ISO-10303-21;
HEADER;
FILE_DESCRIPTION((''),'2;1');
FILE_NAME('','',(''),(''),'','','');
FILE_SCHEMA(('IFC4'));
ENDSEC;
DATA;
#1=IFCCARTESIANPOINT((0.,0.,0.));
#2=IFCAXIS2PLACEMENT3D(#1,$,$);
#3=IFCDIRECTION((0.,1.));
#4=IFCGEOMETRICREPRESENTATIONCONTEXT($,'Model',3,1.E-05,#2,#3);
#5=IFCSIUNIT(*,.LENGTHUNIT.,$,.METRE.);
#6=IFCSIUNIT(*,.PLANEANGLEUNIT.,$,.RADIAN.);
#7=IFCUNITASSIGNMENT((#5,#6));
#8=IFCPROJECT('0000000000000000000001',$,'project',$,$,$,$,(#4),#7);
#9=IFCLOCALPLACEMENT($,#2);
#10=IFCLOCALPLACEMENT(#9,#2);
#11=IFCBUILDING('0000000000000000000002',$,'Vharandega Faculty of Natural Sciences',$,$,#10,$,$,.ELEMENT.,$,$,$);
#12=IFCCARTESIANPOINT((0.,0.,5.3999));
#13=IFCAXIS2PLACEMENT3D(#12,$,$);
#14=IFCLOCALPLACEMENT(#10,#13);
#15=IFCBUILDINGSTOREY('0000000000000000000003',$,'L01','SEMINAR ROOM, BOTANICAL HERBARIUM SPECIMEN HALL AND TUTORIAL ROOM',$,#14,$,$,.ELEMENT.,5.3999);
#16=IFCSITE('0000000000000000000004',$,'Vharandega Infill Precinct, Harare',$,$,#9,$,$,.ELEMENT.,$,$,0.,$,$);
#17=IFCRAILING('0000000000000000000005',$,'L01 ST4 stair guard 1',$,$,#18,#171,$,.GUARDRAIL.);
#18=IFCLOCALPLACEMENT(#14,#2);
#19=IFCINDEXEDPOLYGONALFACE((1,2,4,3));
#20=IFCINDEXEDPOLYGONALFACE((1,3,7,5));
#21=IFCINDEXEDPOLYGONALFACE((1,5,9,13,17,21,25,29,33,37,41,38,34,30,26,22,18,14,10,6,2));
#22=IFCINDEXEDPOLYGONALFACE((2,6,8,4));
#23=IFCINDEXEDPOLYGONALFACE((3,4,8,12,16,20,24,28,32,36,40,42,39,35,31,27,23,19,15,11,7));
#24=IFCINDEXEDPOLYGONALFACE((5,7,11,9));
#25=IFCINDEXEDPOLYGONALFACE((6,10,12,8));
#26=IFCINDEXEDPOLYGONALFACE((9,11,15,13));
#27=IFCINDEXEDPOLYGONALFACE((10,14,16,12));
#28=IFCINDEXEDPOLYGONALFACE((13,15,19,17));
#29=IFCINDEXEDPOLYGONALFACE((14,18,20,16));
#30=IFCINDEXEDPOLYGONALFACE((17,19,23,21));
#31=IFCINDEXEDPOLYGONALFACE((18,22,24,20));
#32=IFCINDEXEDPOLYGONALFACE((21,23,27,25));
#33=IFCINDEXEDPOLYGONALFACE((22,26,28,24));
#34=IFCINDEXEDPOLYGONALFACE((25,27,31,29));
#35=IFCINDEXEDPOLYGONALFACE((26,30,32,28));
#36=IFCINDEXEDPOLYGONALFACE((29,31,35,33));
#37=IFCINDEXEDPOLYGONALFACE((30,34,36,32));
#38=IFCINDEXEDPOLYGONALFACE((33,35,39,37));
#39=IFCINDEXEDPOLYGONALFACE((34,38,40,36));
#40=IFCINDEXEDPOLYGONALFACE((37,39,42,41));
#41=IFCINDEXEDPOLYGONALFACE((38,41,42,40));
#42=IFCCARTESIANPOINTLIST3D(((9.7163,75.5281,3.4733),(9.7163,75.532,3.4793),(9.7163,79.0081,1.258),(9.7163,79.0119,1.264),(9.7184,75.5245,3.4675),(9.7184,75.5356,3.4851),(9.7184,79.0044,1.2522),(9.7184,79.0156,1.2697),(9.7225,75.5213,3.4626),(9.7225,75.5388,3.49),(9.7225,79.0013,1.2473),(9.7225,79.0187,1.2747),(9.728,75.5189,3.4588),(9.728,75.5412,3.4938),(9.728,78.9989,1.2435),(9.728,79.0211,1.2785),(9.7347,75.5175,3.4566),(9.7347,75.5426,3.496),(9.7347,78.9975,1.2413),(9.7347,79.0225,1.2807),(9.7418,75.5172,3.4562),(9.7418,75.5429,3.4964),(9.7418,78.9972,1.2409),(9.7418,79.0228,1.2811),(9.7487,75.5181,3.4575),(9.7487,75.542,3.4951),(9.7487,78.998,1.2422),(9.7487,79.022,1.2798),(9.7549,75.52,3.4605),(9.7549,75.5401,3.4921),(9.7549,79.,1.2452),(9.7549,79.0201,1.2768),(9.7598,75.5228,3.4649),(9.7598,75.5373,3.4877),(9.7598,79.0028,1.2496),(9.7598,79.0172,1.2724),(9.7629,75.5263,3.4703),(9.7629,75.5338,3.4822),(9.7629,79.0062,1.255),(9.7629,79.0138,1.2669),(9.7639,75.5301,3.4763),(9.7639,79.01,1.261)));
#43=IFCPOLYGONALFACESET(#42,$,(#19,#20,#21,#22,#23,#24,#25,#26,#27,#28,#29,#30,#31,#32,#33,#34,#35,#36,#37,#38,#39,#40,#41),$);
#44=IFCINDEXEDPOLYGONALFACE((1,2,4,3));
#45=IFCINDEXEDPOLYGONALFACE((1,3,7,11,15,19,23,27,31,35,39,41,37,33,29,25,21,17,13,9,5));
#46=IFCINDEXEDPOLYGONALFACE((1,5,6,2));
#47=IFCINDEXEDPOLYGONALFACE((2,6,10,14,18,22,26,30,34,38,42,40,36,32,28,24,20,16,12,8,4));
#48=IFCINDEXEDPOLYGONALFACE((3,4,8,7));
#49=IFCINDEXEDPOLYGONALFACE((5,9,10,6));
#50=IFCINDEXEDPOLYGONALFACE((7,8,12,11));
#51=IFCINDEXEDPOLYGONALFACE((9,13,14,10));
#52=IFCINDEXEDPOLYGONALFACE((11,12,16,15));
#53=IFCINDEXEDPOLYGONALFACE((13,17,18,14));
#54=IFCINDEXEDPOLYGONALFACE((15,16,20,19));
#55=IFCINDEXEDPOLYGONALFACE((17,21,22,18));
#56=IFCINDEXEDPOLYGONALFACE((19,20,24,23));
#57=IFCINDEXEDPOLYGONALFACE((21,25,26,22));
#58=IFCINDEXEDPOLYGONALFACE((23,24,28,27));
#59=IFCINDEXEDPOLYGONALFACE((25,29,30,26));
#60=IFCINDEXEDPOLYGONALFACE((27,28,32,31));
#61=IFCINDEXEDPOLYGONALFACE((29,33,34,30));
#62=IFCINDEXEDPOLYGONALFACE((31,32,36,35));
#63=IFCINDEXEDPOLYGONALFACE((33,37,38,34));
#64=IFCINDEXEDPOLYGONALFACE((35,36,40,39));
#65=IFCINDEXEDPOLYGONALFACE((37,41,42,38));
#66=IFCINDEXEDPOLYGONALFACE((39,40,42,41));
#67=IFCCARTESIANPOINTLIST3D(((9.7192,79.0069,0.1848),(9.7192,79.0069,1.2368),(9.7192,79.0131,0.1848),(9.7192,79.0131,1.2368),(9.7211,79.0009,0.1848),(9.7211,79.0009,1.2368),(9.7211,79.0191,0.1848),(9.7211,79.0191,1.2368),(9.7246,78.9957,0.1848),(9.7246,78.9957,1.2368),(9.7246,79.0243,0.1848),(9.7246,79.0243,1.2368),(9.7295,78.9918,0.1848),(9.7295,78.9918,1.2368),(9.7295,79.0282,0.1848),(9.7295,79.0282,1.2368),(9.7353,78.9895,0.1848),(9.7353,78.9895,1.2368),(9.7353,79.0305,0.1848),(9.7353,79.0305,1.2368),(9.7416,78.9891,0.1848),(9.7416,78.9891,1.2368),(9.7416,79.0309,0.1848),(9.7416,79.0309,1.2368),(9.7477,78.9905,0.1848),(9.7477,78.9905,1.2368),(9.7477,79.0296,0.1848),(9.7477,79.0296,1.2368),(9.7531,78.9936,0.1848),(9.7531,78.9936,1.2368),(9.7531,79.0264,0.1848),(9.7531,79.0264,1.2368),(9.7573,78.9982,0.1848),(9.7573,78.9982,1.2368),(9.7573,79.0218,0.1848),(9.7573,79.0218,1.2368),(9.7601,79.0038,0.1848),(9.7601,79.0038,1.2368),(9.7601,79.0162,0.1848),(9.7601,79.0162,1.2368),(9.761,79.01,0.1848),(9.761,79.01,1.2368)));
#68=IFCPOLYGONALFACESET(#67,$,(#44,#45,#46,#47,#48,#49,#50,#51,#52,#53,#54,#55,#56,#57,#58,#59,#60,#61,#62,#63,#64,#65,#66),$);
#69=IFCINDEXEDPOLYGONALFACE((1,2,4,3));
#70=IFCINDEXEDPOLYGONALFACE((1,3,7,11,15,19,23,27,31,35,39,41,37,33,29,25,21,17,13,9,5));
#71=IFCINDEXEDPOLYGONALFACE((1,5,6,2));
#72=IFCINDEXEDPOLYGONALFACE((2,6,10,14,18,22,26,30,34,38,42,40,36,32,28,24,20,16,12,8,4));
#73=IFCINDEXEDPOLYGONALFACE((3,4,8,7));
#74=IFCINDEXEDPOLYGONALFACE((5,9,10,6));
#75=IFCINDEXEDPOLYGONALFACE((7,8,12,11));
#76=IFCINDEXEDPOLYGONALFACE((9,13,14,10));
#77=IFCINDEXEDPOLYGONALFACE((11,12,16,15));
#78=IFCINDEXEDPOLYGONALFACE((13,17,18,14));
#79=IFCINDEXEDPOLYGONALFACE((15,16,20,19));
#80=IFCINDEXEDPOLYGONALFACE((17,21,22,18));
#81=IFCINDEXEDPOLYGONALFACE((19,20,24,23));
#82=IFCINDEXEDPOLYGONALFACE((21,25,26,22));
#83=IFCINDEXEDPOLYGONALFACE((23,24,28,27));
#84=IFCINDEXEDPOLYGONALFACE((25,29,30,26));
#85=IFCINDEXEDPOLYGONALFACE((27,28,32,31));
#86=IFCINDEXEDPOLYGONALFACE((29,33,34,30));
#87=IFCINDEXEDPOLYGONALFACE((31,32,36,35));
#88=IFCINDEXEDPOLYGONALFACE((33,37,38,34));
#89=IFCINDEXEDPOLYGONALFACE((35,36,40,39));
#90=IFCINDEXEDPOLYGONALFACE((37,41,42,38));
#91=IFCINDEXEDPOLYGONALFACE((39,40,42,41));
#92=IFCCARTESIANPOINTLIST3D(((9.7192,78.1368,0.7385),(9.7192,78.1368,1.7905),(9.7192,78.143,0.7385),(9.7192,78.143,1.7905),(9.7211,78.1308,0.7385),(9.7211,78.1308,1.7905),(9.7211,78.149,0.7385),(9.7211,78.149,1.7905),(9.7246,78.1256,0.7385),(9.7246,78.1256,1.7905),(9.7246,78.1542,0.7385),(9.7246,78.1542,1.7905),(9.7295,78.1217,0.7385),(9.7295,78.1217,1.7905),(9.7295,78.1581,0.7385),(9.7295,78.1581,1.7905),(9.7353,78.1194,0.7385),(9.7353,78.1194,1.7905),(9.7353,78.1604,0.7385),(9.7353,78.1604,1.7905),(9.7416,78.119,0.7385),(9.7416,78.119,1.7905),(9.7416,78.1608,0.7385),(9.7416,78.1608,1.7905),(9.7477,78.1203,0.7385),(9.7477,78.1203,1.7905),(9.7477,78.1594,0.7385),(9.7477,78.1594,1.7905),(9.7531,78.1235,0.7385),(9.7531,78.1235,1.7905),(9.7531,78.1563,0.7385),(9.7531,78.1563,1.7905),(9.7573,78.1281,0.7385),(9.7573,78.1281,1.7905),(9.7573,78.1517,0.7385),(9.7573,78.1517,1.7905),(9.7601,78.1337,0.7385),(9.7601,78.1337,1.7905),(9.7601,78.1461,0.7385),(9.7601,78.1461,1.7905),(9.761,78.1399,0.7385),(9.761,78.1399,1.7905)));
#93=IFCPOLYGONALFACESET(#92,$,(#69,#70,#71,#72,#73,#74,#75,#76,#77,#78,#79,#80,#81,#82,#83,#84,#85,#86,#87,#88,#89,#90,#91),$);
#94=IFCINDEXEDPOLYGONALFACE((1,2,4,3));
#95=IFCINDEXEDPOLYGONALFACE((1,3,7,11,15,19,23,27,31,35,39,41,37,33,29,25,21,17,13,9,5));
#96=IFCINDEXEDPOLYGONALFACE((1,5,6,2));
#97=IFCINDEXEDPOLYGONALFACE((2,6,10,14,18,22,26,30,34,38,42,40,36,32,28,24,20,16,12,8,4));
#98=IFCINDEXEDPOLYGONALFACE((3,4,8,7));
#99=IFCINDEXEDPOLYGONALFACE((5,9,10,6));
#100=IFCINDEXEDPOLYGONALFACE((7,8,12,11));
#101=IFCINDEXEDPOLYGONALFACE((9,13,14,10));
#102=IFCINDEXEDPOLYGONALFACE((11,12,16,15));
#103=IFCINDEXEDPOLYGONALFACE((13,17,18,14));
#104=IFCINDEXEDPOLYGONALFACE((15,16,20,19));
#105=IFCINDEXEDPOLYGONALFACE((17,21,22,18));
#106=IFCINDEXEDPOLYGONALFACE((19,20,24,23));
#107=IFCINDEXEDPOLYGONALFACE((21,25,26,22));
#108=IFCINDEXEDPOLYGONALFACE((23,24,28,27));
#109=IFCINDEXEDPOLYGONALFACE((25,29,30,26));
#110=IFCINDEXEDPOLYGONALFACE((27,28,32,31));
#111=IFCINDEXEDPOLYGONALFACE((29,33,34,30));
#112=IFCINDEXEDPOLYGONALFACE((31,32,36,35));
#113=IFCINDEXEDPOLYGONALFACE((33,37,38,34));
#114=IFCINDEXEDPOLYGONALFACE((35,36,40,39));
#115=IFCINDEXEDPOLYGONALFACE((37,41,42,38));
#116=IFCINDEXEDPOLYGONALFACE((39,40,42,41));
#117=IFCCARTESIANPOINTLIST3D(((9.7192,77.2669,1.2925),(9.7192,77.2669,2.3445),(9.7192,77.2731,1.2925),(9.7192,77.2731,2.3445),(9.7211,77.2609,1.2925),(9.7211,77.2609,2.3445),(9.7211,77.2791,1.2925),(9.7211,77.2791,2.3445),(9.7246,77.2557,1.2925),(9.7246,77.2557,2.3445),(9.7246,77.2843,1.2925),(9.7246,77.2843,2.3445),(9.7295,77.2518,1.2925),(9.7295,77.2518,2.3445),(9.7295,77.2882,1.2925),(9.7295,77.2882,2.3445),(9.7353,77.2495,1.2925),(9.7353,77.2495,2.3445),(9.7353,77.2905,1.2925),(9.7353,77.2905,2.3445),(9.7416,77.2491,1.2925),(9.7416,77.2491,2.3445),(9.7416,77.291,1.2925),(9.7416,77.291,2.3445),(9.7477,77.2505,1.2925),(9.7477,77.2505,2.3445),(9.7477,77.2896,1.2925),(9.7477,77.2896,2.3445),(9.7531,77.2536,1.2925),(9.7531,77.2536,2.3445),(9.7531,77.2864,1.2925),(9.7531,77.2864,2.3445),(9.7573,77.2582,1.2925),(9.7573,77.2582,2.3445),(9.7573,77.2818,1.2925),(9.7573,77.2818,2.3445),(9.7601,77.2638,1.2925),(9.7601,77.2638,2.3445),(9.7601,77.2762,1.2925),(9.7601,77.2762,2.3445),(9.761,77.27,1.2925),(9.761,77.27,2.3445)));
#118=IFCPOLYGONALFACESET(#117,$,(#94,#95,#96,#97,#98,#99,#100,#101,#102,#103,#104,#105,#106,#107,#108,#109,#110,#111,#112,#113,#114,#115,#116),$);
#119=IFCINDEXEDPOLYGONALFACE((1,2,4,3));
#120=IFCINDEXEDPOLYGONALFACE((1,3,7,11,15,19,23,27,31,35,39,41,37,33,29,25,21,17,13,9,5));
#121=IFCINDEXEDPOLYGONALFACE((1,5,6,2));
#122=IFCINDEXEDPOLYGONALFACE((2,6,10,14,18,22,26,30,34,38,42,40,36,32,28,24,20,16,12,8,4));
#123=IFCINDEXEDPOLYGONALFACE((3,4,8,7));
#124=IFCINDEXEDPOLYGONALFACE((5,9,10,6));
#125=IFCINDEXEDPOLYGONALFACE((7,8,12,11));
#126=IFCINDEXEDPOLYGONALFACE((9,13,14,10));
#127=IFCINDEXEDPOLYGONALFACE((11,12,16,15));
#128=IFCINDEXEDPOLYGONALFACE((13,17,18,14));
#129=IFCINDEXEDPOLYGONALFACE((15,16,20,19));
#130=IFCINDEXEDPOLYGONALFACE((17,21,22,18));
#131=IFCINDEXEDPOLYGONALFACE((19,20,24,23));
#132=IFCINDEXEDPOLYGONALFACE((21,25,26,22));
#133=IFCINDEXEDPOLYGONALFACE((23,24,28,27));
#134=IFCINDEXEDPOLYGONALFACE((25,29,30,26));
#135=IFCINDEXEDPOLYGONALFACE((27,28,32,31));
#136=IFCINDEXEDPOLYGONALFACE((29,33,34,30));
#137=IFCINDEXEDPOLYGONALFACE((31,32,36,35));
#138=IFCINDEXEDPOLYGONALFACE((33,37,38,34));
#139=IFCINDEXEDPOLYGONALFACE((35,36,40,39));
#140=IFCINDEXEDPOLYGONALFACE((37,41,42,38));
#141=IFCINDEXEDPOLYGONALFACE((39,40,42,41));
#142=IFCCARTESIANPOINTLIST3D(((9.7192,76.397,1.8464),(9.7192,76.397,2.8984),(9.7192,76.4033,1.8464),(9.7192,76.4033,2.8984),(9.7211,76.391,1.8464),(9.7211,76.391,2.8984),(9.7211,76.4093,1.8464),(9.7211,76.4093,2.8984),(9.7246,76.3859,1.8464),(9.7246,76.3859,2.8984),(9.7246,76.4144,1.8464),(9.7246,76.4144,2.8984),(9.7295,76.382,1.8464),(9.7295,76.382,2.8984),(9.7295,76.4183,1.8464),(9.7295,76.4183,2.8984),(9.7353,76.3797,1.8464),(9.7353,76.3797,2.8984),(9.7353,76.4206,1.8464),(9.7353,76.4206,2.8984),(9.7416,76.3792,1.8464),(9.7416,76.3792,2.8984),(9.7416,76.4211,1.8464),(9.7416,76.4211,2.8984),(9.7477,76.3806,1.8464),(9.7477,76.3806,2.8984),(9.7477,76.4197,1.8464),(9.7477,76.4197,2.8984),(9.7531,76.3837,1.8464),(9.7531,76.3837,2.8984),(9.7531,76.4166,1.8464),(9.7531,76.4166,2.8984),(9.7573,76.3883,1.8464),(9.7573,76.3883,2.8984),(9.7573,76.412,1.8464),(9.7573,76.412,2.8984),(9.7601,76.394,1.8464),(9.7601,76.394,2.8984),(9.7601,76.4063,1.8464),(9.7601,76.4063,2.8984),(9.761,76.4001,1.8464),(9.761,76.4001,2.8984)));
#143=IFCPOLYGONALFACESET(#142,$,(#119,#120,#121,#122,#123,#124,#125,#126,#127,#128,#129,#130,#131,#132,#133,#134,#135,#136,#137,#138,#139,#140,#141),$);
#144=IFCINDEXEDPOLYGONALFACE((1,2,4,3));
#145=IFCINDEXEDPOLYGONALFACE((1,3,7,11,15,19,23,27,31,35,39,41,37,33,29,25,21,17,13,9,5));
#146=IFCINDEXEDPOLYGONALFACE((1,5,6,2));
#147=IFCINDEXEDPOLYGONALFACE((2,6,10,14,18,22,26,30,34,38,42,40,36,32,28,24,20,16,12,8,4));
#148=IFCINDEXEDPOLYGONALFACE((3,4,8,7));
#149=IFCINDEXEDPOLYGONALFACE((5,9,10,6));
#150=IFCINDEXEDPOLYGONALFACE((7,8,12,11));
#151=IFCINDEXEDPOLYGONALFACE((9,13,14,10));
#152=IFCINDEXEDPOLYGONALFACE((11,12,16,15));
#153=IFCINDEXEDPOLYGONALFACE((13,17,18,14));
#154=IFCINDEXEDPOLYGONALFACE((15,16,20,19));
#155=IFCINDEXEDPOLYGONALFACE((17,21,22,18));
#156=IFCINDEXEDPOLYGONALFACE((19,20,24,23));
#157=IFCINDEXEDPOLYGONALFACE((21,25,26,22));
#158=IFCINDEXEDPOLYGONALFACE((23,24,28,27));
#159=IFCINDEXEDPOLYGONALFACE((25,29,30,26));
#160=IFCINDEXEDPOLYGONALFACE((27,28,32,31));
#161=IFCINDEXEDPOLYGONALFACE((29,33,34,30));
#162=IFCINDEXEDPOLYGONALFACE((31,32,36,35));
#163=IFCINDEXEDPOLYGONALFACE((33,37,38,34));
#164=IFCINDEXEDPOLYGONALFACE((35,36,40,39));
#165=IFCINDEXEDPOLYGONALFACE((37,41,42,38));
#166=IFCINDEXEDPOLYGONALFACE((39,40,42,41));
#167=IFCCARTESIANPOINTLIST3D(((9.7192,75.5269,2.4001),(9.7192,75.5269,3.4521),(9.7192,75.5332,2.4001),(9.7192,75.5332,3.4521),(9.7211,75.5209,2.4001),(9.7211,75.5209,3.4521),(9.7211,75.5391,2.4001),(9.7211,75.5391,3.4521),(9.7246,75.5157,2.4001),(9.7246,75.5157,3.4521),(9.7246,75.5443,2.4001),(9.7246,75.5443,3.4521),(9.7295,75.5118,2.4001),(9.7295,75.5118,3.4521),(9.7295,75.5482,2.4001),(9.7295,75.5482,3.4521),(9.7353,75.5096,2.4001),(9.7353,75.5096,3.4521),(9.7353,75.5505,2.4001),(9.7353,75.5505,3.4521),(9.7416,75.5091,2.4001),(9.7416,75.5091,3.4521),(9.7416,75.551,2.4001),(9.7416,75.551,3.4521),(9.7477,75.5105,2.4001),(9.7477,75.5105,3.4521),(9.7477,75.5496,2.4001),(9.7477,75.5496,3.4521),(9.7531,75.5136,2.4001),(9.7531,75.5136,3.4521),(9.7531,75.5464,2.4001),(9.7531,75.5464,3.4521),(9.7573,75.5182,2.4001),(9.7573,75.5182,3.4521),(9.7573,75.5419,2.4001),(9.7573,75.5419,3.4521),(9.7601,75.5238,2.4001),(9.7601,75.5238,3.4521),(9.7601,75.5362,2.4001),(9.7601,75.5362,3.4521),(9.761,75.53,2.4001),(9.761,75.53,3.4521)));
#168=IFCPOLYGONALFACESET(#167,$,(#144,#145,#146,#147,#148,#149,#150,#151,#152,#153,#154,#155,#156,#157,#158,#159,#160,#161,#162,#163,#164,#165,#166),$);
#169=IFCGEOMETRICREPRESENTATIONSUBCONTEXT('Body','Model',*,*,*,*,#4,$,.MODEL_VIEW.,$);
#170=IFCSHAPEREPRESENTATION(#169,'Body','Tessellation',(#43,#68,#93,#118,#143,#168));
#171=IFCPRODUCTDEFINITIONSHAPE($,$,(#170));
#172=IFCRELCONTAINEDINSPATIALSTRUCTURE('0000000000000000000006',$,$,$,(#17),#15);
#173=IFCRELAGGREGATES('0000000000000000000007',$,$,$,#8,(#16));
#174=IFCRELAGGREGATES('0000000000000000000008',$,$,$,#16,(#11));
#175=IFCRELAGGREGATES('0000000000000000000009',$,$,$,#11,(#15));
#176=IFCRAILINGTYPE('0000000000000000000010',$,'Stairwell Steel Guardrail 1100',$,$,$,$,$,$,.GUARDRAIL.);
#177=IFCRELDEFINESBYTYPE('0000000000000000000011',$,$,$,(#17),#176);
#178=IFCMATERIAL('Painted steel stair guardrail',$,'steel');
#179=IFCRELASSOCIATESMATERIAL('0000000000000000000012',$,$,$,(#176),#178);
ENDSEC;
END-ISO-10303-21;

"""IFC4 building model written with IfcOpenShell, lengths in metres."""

from ifc_helpers import new_model, si_unit, direction, frame, origin, origin_2d, place, context, subcontext, project, spatial, circle, extrude, material, type_object, element, save


model = new_model("IFC4")

# Units and contexts
model_context = context("Model", 3, precision=1e-05, world=origin(), true_north=direction((0.0, 1.0)))
body_context = subcontext(model_context, "Body", "Model", "MODEL_VIEW")
ifc_project = project(units=[si_unit("LENGTHUNIT", "METRE"), si_unit("PLANEANGLEUNIT", "RADIAN")], contexts=[model_context])

# Site, building, storey
site_placement = place(None, origin())
site = spatial("IfcSite", under=ifc_project, at=site_placement, Name="Vharandega Infill Precinct, Harare", CompositionType="ELEMENT", RefElevation=0.0)
building_placement = place(site_placement, origin())
building = spatial("IfcBuilding", under=site, at=building_placement, Name="Vharandega Faculty of Natural Sciences", CompositionType="ELEMENT")
storey_placement = place(building_placement, frame((0.0, 0.0, 5.3999)))
storey = spatial("IfcBuildingStorey", under=building, at=storey_placement, Name="L01", Description="SEMINAR ROOM, BOTANICAL HERBARIUM SPECIMEN HALL AND TUTORIAL ROOM", CompositionType="ELEMENT", Elevation=5.3999)

# Railing
ifc_material_1 = material(Name="Painted steel stair guardrail", Category="steel")
railing_type_1 = type_object("IfcRailingType", Name="Stairwell Steel Guardrail 1100", PredefinedType="GUARDRAIL", material=ifc_material_1)
railing_1_placement = place(storey_placement, frame((9.74, 79.01, 0.1848)))
element("IfcRailing", 1, at=railing_1_placement, inside=storey, type_object=railing_type_1, Name="L01 ST4 stair guard 1", PredefinedType="GUARDRAIL", context=body_context, shape_type="SweptSolid", body=[
    extrude(circle(Radius=0.0239, at=origin_2d()), frame((0.0, 0.0, 1.0762), z_axis=(0.0, -0.843574, 0.537013), x_axis=(1.0, 0.0, 0.0)), (0.0, 0.0, 1.0), 4.1252),
    extrude(circle(Radius=0.021, at=origin_2d()), origin(), (0.0, 0.0, 1.0), 1.052),
    extrude(circle(Radius=0.021, at=origin_2d()), frame((0.0, -0.8701, 0.5537)), (0.0, 0.0, 1.0), 1.052),
    extrude(circle(Radius=0.021, at=origin_2d()), frame((0.0, -1.74, 1.1077)), (0.0, 0.0, 1.0), 1.052),
    extrude(circle(Radius=0.021, at=origin_2d()), frame((0.0, -2.6099, 1.6616)), (0.0, 0.0, 1.0), 1.052),
    extrude(circle(Radius=0.021, at=origin_2d()), frame((0.0, -3.48, 2.2153)), (0.0, 0.0, 1.0), 1.052),
])

save(model, "model.ifc")
